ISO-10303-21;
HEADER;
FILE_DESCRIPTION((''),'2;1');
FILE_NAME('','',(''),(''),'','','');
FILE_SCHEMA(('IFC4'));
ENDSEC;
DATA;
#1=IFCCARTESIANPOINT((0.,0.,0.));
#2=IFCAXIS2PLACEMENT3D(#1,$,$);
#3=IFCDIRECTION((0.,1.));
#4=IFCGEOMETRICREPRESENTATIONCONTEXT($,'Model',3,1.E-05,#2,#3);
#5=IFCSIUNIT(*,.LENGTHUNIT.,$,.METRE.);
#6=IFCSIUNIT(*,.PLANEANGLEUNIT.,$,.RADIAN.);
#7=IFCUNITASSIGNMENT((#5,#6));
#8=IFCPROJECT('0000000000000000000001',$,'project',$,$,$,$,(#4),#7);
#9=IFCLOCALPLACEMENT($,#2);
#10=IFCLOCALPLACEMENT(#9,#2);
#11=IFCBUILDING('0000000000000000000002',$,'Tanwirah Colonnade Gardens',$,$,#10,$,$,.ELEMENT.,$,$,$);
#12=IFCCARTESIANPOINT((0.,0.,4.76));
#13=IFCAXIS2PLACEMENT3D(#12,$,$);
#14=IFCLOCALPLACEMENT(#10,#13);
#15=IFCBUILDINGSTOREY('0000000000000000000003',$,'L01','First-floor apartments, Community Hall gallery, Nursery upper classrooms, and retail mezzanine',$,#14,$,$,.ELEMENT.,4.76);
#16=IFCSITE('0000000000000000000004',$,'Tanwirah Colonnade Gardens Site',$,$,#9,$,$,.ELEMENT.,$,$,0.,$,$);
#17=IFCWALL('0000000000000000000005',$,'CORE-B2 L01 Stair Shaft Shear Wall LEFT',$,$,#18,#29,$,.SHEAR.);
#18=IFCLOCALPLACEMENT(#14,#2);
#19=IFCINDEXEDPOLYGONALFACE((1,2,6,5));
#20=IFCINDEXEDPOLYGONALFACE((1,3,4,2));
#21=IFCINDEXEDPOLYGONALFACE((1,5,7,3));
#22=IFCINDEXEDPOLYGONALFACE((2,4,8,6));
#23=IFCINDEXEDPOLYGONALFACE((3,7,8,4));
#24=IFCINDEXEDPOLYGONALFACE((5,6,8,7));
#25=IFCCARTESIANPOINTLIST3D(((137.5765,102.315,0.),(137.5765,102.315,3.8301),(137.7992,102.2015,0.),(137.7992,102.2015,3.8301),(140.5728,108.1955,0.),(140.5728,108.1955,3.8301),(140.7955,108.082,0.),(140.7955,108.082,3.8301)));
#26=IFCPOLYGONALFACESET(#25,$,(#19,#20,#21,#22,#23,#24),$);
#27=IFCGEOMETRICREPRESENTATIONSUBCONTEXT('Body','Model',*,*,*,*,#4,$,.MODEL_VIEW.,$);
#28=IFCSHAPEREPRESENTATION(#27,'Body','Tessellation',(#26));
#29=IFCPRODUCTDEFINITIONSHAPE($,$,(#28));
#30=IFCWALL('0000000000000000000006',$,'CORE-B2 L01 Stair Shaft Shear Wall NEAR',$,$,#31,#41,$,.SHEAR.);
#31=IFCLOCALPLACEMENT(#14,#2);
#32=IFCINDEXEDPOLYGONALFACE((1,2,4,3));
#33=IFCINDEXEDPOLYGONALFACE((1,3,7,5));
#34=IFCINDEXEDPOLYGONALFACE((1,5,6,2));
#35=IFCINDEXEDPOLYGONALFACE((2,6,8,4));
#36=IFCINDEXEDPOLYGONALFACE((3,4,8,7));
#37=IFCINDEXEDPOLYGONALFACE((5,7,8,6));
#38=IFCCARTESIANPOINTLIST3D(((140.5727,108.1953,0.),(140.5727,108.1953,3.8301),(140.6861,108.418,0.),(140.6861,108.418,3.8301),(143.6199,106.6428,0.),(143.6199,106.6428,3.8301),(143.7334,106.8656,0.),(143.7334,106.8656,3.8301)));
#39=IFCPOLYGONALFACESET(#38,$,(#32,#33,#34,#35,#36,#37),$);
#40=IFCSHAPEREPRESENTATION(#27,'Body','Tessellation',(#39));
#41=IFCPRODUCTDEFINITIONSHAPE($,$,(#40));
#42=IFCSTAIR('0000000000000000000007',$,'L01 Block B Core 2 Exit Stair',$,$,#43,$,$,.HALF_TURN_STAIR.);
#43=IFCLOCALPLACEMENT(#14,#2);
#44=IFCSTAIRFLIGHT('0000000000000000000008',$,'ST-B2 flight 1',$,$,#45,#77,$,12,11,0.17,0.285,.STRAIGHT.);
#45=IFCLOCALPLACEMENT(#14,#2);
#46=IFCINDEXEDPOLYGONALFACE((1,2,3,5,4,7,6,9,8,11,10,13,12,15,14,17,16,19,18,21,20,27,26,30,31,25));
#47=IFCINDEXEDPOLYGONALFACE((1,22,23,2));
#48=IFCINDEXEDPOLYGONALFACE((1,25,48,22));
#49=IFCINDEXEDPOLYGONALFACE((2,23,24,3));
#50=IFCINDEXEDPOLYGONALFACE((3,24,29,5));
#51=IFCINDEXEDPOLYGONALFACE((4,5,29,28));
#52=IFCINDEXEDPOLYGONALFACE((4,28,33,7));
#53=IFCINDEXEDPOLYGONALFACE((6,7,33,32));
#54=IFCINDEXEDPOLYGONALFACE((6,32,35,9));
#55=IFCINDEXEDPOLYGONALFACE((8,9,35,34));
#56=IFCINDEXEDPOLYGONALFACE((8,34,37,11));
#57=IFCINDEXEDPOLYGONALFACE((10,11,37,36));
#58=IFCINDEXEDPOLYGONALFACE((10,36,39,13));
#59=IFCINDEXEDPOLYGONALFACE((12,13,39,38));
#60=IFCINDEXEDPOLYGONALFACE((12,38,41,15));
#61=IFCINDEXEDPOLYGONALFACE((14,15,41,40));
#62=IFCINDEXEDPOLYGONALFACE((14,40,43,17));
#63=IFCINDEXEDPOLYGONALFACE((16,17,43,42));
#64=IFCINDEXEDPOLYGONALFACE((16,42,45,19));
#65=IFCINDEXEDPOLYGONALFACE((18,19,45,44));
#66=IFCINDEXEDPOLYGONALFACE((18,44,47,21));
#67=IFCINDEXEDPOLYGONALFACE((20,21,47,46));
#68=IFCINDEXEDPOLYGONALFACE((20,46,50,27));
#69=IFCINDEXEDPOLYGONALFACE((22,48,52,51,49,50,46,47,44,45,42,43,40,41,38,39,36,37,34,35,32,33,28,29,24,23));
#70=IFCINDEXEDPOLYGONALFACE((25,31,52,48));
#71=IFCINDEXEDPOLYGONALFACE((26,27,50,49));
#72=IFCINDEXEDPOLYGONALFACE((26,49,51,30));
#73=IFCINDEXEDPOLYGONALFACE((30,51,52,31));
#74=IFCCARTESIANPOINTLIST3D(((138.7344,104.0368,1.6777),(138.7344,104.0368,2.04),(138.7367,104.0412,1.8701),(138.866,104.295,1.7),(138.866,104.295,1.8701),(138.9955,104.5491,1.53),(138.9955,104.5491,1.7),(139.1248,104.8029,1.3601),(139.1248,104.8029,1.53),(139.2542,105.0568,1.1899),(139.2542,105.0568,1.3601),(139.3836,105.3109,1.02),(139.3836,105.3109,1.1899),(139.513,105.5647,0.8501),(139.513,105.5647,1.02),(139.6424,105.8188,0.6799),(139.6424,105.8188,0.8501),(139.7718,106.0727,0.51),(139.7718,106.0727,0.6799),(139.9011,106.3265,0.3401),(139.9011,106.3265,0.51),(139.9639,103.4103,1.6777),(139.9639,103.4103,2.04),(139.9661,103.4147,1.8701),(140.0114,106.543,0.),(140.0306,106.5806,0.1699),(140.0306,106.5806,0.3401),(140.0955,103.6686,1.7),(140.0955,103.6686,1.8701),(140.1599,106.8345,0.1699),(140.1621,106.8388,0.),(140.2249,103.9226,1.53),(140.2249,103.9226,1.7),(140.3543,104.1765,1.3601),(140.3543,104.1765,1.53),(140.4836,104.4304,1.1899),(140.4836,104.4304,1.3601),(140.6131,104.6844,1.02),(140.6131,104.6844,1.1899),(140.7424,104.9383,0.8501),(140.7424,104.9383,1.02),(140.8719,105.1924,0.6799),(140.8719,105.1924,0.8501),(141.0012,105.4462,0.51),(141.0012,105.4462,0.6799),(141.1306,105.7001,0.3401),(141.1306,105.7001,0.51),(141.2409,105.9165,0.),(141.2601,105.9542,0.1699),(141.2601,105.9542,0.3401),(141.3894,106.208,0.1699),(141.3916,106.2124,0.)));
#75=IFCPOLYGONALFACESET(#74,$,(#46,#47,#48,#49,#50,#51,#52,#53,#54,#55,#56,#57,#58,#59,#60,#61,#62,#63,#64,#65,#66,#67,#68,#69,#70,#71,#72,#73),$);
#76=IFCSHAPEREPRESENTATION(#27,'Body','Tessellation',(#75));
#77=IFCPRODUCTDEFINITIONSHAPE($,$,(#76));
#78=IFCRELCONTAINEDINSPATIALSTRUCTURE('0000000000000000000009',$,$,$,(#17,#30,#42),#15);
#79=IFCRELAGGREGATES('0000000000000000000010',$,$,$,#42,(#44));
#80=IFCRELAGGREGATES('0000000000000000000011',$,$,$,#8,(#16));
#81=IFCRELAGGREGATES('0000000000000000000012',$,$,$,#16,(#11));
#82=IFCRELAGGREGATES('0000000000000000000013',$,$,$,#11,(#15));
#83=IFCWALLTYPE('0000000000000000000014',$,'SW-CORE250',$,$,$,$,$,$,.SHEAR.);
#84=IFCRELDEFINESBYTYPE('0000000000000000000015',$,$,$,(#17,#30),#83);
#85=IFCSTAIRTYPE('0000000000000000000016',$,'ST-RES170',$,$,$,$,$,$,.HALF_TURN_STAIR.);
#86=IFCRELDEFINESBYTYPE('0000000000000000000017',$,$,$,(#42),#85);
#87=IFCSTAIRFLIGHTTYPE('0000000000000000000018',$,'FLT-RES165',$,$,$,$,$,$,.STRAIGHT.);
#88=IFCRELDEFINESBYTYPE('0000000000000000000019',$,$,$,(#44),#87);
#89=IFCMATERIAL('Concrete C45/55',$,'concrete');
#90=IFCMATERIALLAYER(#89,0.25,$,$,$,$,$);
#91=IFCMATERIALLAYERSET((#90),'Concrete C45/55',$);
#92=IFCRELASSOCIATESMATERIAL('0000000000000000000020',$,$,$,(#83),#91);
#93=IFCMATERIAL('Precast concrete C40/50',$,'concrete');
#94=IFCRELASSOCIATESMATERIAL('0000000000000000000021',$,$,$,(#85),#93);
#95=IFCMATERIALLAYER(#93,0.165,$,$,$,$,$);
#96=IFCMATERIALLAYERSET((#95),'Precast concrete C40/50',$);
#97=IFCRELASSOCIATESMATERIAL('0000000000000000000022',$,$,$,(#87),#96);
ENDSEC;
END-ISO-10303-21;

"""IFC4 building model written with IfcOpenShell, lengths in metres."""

from ifc_helpers import new_model, si_unit, direction, frame, frame_2d, origin, place, context, subcontext, project, spatial, polyline, rectangle, outline, extrude, material, layer, layer_set, type_object, element, aggregate, save


model = new_model("IFC4")

# Units and contexts
model_context = context("Model", 3, precision=1e-05, world=origin(), true_north=direction((0.0, 1.0)))
body_context = subcontext(model_context, "Body", "Model", "MODEL_VIEW")
ifc_project = project(units=[si_unit("LENGTHUNIT", "METRE"), si_unit("PLANEANGLEUNIT", "RADIAN")], contexts=[model_context])

# Site, building, storey
site_placement = place(None, origin())
site = spatial("IfcSite", under=ifc_project, at=site_placement, Name="Tanwirah Colonnade Gardens Site", CompositionType="ELEMENT", RefElevation=0.0)
building_placement = place(site_placement, origin())
building = spatial("IfcBuilding", under=site, at=building_placement, Name="Tanwirah Colonnade Gardens", CompositionType="ELEMENT")
storey_placement = place(building_placement, frame((0.0, 0.0, 4.76)))
storey = spatial("IfcBuildingStorey", under=building, at=storey_placement, Name="L01", Description="First-floor apartments, Community Hall gallery, Nursery upper classrooms, and retail mezzanine", CompositionType="ELEMENT", Elevation=4.76)

# Shared definitions
ifc_material_1 = material(Name="Precast concrete C40/50", Category="concrete")

# Walls
ifc_material_2 = material(Name="Concrete C45/55", Category="concrete")
ifc_layer_1 = layer(ifc_material_2, 0.25)
ifc_layer_set_1 = layer_set([ifc_layer_1], Name="Concrete C45/55")
wall_type_1 = type_object("IfcWallType", Name="SW-CORE250", PredefinedType="SHEAR", material=ifc_layer_set_1)
wall_1_placement = place(storey_placement, frame((140.6841, 108.1387, 0.0), z_axis=(0.0, 0.0, 1.0), x_axis=(-0.453992, -0.891006, 0.0)))
element("IfcWall", 1, at=wall_1_placement, inside=storey, type_object=wall_type_1, Name="CORE-B2 L01 Stair Shaft Shear Wall LEFT", PredefinedType="SHEAR", context=body_context, shape_type="SweptSolid", body=[
    extrude(rectangle(XDim=6.5999, YDim=0.25, at=frame_2d((3.2998, 0.0))), origin(), (0.0, 0.0, 1.0), 3.8301),
])
wall_2_placement = place(storey_placement, frame((140.6294, 108.3066, 0.0), z_axis=(0.0, 0.0, 1.0), x_axis=(0.891032, -0.45394, 0.0)))
element("IfcWall", 2, at=wall_2_placement, inside=storey, type_object=wall_type_1, Name="CORE-B2 L01 Stair Shaft Shear Wall NEAR", PredefinedType="SHEAR", context=body_context, shape_type="SweptSolid", body=[
    extrude(rectangle(XDim=3.4199, YDim=0.25, at=frame_2d((1.71, 0.0))), origin(), (0.0, 0.0, 1.0), 3.8301),
])

# Stair, stair flight
stair_type = type_object("IfcStairType", Name="ST-RES170", PredefinedType="HALF_TURN_STAIR", material=ifc_material_1)
stair_placement = place(storey_placement, origin())
stair = element("IfcStair", 3, at=stair_placement, inside=storey, type_object=stair_type, Name="L01 Block B Core 2 Exit Stair", PredefinedType="HALF_TURN_STAIR")
ifc_layer_2 = layer(ifc_material_1, 0.165)
ifc_layer_set_2 = layer_set([ifc_layer_2], Name="Precast concrete C40/50")
stair_flight_type = type_object("IfcStairFlightType", Name="FLT-RES165", PredefinedType="STRAIGHT", material=ifc_layer_set_2)
stair_flight_placement = place(storey_placement, frame((140.7747, 106.5212, 0.0), z_axis=(0.0, 0.0, 1.0), x_axis=(-0.45399, -0.891007, 0.0)))
stair_flight = element("IfcStairFlight", 4, at=stair_flight_placement, type_object=stair_flight_type, Name="ST-B2 flight 1", NumberOfRisers=12, NumberOfTreads=11, PredefinedType="STRAIGHT", RiserHeight=0.17, TreadLength=0.285, context=body_context, shape_type="SweptSolid", body=[
    extrude(outline(polyline([(-0.0049, 0.0), (0.0, 0.1699), (0.2849, 0.1699), (0.2849, 0.3401), (0.5701, 0.3401), (0.5701, 0.51), (0.855, 0.51), (0.855, 0.6799), (1.1399, 0.6799), (1.1399, 0.8501), (1.425, 0.8501), (1.425, 1.02), (1.71, 1.02), (1.71, 1.1899), (1.9951, 1.1899), (1.9951, 1.3601), (2.28, 1.3601), (2.28, 1.53), (2.5649, 1.53), (2.5649, 1.7), (2.8501, 1.7), (2.8501, 1.8701), (3.135, 1.8701), (3.1399, 2.04), (3.1399, 1.6777), (0.3271, 0.0), (-0.0049, 0.0)])), frame((0.0, 0.6899, 0.0), z_axis=(0.0, -1.0, 0.0), x_axis=(1.0, 0.0, 0.0)), (0.0, 0.0, 1.0), 1.3799),
])
aggregate(stair, [stair_flight])

save(model, "model.ifc")
